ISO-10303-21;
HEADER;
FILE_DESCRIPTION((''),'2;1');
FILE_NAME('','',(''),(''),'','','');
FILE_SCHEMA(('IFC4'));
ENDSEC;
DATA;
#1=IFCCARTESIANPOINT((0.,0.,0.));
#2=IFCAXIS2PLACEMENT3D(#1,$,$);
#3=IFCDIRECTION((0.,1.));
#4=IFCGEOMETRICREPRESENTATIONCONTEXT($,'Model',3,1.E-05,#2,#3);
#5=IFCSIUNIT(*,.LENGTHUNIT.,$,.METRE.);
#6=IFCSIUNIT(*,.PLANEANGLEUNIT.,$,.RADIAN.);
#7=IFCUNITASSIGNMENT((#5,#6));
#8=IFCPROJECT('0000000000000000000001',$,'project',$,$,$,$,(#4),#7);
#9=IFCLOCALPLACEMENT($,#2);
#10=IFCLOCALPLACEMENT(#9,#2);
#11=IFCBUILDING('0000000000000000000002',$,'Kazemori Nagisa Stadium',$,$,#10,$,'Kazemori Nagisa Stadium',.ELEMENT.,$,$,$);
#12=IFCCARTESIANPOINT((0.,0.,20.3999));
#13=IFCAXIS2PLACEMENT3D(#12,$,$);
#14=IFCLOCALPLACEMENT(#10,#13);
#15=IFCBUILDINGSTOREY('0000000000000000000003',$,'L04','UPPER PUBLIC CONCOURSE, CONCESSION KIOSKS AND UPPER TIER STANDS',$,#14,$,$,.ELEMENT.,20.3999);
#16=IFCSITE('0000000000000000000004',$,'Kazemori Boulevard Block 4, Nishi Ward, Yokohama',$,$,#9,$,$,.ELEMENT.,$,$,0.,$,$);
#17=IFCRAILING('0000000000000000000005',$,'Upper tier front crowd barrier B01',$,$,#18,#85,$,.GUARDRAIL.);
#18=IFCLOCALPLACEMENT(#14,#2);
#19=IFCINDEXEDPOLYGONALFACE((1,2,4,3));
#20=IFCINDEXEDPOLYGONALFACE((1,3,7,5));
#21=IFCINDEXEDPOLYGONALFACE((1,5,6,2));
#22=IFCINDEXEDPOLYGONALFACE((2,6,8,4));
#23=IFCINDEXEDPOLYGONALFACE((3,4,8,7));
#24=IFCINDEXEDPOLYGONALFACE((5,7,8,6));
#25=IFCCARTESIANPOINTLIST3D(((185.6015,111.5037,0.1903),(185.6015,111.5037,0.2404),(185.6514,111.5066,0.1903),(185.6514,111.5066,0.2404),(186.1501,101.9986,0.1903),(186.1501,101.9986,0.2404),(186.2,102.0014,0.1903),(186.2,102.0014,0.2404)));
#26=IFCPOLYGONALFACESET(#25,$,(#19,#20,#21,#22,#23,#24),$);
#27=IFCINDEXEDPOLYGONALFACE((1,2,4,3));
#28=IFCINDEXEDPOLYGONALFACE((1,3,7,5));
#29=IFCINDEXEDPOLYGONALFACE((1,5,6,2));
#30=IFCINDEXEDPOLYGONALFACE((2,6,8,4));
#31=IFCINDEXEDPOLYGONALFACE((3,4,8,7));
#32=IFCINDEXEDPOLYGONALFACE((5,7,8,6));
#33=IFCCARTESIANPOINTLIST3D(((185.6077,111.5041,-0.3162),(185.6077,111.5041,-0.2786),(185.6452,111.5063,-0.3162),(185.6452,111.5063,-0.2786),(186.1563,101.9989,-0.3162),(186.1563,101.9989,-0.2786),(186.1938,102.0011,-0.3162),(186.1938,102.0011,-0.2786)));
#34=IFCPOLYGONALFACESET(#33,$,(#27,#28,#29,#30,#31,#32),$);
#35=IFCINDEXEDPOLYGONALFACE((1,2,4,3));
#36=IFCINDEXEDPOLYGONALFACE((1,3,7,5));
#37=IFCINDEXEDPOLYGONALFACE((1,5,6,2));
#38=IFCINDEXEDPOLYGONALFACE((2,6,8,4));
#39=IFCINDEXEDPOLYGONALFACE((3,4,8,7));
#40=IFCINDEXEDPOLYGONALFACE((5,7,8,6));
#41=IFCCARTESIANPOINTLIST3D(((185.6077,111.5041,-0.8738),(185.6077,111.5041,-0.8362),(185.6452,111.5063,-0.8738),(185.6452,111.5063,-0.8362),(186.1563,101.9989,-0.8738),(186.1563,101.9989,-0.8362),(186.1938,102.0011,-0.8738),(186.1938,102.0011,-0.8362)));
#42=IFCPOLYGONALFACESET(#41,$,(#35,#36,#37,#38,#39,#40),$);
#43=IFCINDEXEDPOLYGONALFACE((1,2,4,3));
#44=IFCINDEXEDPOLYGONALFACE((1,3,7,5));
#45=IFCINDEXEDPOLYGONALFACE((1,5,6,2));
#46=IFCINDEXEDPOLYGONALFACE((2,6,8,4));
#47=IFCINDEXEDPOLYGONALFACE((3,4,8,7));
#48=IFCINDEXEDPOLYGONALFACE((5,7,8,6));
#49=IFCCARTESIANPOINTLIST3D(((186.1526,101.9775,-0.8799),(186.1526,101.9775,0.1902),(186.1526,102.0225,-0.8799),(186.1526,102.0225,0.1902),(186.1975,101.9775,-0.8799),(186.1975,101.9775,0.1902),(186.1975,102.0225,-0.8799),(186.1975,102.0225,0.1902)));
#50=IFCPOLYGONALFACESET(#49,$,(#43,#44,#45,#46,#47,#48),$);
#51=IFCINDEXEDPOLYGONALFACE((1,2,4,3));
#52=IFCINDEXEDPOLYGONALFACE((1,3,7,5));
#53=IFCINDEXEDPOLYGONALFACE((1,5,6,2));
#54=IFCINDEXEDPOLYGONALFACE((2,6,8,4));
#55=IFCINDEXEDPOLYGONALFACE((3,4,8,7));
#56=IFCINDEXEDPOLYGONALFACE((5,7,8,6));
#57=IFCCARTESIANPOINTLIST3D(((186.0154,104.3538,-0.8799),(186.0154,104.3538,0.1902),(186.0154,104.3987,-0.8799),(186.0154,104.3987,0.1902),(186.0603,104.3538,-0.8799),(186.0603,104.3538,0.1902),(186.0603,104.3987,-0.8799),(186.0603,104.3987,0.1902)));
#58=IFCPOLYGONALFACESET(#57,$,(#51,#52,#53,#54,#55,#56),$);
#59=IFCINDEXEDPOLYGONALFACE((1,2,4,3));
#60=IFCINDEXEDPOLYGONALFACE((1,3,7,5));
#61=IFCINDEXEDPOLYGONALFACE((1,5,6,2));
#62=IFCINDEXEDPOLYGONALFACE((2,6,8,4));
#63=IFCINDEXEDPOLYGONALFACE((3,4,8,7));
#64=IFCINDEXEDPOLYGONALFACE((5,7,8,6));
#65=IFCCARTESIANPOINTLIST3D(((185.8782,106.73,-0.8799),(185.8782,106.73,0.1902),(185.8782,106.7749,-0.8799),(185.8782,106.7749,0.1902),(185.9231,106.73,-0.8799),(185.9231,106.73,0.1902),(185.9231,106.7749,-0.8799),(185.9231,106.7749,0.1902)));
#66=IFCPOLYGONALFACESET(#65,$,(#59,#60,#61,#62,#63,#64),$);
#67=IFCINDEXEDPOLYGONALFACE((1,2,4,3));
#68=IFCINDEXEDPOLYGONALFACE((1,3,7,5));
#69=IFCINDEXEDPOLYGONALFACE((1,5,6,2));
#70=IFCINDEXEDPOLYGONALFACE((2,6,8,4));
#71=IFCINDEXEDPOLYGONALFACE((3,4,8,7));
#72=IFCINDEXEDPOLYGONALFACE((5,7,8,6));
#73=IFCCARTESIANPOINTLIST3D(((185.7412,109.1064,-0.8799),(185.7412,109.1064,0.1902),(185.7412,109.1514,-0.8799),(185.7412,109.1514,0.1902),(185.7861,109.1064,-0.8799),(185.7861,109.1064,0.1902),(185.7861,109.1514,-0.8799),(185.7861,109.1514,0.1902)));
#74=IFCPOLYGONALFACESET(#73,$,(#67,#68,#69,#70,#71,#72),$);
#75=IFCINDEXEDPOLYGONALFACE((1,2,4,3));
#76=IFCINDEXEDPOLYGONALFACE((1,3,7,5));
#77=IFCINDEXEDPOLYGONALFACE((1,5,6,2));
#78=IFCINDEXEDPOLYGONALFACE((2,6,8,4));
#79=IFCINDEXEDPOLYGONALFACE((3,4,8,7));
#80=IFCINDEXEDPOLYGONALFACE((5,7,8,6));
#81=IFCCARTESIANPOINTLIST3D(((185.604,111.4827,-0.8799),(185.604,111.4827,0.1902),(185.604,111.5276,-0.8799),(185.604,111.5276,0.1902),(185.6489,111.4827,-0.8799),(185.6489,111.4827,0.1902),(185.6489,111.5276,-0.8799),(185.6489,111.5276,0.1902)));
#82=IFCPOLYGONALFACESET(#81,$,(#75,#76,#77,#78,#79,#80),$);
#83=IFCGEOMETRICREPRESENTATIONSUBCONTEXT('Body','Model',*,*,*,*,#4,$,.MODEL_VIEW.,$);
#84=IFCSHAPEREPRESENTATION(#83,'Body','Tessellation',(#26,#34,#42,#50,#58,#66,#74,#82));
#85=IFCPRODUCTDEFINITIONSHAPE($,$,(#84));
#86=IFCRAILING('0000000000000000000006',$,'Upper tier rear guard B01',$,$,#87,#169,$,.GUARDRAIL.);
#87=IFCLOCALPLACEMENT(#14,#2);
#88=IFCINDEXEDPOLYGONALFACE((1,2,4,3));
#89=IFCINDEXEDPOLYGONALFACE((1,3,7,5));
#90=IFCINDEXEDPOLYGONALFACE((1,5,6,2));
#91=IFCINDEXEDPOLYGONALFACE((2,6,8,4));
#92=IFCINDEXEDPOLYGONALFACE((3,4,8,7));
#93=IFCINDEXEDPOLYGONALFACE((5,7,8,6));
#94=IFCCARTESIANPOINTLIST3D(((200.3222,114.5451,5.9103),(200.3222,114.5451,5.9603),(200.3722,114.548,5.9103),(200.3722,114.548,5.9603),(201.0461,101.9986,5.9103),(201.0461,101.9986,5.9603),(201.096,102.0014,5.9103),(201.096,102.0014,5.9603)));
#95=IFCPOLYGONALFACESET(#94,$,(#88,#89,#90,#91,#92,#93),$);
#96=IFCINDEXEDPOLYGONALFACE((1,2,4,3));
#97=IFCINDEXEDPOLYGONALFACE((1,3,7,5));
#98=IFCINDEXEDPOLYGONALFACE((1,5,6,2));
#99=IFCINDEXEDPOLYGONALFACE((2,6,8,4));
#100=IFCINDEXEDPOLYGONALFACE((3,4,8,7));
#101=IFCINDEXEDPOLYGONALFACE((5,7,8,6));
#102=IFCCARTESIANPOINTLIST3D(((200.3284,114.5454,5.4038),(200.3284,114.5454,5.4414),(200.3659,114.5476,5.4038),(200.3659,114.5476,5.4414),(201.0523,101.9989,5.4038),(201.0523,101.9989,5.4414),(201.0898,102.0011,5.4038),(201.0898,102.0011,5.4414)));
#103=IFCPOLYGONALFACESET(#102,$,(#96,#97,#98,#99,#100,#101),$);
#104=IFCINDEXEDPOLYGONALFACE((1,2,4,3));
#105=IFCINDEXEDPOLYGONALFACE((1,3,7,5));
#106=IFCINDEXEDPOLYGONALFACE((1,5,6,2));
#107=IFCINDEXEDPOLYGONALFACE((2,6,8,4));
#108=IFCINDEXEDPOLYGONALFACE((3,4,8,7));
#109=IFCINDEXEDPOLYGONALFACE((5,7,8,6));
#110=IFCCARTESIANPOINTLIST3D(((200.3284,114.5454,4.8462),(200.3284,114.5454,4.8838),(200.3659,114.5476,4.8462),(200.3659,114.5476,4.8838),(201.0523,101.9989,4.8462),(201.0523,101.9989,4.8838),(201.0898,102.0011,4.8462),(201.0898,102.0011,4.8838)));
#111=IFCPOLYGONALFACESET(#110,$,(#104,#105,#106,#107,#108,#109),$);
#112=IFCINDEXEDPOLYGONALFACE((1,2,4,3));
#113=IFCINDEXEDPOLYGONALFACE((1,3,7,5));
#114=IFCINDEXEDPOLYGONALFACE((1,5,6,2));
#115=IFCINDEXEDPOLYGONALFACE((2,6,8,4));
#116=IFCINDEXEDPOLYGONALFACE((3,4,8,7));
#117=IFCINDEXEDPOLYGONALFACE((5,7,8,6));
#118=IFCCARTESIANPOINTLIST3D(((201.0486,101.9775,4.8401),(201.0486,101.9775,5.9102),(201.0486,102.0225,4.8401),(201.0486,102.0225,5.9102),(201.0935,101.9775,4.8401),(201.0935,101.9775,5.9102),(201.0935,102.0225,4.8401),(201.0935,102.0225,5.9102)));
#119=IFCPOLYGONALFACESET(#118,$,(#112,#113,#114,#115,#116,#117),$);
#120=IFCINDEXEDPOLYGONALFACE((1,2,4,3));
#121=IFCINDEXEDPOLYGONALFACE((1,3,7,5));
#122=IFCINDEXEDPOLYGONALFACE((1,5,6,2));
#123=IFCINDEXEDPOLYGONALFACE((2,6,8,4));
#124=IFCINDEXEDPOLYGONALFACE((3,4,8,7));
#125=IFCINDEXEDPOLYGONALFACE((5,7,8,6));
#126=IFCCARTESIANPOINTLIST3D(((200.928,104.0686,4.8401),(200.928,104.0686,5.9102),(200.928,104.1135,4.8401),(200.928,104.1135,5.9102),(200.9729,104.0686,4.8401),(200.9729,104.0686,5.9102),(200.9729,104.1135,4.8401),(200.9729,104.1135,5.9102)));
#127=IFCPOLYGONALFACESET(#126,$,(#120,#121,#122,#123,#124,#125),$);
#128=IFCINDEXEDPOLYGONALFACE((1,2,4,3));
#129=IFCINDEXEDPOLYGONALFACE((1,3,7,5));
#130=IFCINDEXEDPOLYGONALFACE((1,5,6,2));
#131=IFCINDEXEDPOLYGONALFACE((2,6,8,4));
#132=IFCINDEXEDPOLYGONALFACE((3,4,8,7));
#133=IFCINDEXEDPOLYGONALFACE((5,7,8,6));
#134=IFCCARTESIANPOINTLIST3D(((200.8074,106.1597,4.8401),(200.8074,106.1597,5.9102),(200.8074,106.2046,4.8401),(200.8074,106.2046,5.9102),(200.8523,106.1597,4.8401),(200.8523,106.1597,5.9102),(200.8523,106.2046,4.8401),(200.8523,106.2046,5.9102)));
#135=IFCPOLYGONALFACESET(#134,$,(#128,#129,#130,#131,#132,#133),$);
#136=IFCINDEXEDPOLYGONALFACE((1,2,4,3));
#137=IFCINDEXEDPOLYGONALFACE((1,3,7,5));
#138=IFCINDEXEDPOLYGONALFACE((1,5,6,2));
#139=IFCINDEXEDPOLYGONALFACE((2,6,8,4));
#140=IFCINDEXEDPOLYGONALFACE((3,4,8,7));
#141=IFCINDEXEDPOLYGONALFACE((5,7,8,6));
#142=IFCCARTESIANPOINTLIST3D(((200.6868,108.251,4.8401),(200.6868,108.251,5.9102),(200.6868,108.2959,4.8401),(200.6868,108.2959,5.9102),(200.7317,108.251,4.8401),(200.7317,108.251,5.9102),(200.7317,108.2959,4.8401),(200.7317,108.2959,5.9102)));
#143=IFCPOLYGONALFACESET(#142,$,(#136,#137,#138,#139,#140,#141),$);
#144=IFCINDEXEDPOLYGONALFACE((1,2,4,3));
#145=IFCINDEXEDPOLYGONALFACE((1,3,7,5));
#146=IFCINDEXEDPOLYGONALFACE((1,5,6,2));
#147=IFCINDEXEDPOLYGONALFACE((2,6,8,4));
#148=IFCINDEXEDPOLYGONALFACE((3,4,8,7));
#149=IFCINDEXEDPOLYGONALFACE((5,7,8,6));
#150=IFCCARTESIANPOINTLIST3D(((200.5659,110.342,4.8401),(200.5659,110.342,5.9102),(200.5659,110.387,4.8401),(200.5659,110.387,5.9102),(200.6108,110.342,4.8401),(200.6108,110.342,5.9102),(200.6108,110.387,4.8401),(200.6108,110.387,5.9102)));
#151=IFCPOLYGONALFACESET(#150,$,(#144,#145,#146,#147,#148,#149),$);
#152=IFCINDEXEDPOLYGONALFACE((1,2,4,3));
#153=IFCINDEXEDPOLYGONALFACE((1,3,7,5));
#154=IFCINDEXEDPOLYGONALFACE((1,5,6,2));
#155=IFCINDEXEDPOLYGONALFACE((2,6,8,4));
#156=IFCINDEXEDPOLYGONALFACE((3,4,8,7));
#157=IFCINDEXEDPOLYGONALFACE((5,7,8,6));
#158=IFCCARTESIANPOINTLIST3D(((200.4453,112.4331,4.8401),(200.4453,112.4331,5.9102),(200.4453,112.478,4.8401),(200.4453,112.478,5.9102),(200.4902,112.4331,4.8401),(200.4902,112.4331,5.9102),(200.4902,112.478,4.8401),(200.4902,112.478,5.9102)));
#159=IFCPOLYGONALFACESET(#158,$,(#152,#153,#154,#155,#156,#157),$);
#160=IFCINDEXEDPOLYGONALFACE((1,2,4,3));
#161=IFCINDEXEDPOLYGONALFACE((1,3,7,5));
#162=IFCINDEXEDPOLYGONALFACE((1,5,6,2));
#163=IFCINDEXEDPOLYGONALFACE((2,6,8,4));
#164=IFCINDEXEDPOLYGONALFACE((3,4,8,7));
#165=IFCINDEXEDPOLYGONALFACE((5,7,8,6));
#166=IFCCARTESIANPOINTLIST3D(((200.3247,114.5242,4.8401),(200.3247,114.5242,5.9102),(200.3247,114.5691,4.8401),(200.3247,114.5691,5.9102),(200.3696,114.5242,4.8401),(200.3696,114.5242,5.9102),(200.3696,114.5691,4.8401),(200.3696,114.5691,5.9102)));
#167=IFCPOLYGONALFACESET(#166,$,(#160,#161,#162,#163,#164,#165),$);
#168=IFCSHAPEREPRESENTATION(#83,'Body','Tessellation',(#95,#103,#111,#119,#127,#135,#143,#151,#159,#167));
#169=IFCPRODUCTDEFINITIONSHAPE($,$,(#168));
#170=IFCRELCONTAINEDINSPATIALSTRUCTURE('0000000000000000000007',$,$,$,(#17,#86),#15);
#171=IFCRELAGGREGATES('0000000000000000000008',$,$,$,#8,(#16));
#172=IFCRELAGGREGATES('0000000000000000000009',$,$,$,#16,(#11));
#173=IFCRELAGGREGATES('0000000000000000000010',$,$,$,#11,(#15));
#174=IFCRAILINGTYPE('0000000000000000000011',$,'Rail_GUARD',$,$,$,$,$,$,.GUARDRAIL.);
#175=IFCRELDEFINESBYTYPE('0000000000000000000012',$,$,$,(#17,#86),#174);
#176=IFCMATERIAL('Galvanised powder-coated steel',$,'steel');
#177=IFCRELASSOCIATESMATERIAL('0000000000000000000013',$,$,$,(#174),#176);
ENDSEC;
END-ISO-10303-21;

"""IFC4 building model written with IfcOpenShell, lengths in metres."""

from ifc_helpers import new_model, si_unit, direction, frame, origin, origin_2d, place, context, subcontext, project, spatial, rectangle, extrude, material, type_object, element, save


model = new_model("IFC4")

# Units and contexts
model_context = context("Model", 3, precision=1e-05, world=origin(), true_north=direction((0.0, 1.0)))
body_context = subcontext(model_context, "Body", "Model", "MODEL_VIEW")
ifc_project = project(units=[si_unit("LENGTHUNIT", "METRE"), si_unit("PLANEANGLEUNIT", "RADIAN")], contexts=[model_context])

# Site, building, storey
site_placement = place(None, origin())
site = spatial("IfcSite", under=ifc_project, at=site_placement, Name="Kazemori Boulevard Block 4, Nishi Ward, Yokohama", CompositionType="ELEMENT", RefElevation=0.0)
building_placement = place(site_placement, origin())
building = spatial("IfcBuilding", under=site, at=building_placement, Name="Kazemori Nagisa Stadium", LongName="Kazemori Nagisa Stadium", CompositionType="ELEMENT")
storey_placement = place(building_placement, frame((0.0, 0.0, 20.3999)))
storey = spatial("IfcBuildingStorey", under=building, at=storey_placement, Name="L04", Description="UPPER PUBLIC CONCOURSE, CONCESSION KIOSKS AND UPPER TIER STANDS", CompositionType="ELEMENT", Elevation=20.3999)

# Railings
ifc_material_1 = material(Name="Galvanised powder-coated steel", Category="steel")
railing_type = type_object("IfcRailingType", Name="Rail_GUARD", PredefinedType="GUARDRAIL", material=ifc_material_1)
railing_1_placement = place(storey_placement, frame((186.175, 102.0, -0.8799)))
element("IfcRailing", 1, at=railing_1_placement, inside=storey, type_object=railing_type, Name="Upper tier front crowd barrier B01", PredefinedType="GUARDRAIL", context=body_context, shape_type="SweptSolid", body=[
    extrude(rectangle(XDim=0.05, YDim=0.05, at=origin_2d()), frame((0.0, 0.0, 1.0952), z_axis=(-0.057619, 0.998339, 0.0), x_axis=(-0.998339, -0.057619, 0.0)), (0.0, 0.0, 1.0), 9.521),
    extrude(rectangle(XDim=0.0376, YDim=0.0376, at=origin_2d()), frame((0.0, 0.0, 0.5825), z_axis=(-0.057619, 0.998339, 0.0), x_axis=(-0.998339, -0.057619, 0.0)), (0.0, 0.0, 1.0), 9.521),
    extrude(rectangle(XDim=0.0376, YDim=0.0376, at=origin_2d()), frame((0.0, 0.0, 0.0249), z_axis=(-0.057619, 0.998339, 0.0), x_axis=(-0.998339, -0.057619, 0.0)), (0.0, 0.0, 1.0), 9.521),
    extrude(rectangle(XDim=0.0449, YDim=0.0449, at=origin_2d()), origin(), (0.0, 0.0, 1.0), 1.0701),
    extrude(rectangle(XDim=0.0449, YDim=0.0449, at=origin_2d()), frame((-0.1372, 2.3762, 0.0)), (0.0, 0.0, 1.0), 1.0701),
    extrude(rectangle(XDim=0.0449, YDim=0.0449, at=origin_2d()), frame((-0.2744, 4.7524, 0.0)), (0.0, 0.0, 1.0), 1.0701),
    extrude(rectangle(XDim=0.0449, YDim=0.0449, at=origin_2d()), frame((-0.4114, 7.1289, 0.0)), (0.0, 0.0, 1.0), 1.0701),
    extrude(rectangle(XDim=0.0449, YDim=0.0449, at=origin_2d()), frame((-0.5486, 9.5051, 0.0)), (0.0, 0.0, 1.0), 1.0701),
])
railing_2_placement = place(storey_placement, frame((201.071, 102.0, 4.8401)))
element("IfcRailing", 2, at=railing_2_placement, inside=storey, type_object=railing_type, Name="Upper tier rear guard B01", PredefinedType="GUARDRAIL", context=body_context, shape_type="SweptSolid", body=[
    extrude(rectangle(XDim=0.05, YDim=0.05, at=origin_2d()), frame((0.0, 0.0, 1.0952), z_axis=(-0.057599, 0.99834, 0.0), x_axis=(-0.99834, -0.057599, 0.0)), (0.0, 0.0, 1.0), 12.5674),
    extrude(rectangle(XDim=0.0376, YDim=0.0376, at=origin_2d()), frame((0.0, 0.0, 0.5825), z_axis=(-0.057599, 0.99834, 0.0), x_axis=(-0.99834, -0.057599, 0.0)), (0.0, 0.0, 1.0), 12.5674),
    extrude(rectangle(XDim=0.0376, YDim=0.0376, at=origin_2d()), frame((0.0, 0.0, 0.0249), z_axis=(-0.057599, 0.99834, 0.0), x_axis=(-0.99834, -0.057599, 0.0)), (0.0, 0.0, 1.0), 12.5674),
    extrude(rectangle(XDim=0.0449, YDim=0.0449, at=origin_2d()), origin(), (0.0, 0.0, 1.0), 1.0701),
    extrude(rectangle(XDim=0.0449, YDim=0.0449, at=origin_2d()), frame((-0.1206, 2.0911, 0.0)), (0.0, 0.0, 1.0), 1.0701),
    extrude(rectangle(XDim=0.0449, YDim=0.0449, at=origin_2d()), frame((-0.2412, 4.1821, 0.0)), (0.0, 0.0, 1.0), 1.0701),
    extrude(rectangle(XDim=0.0449, YDim=0.0449, at=origin_2d()), frame((-0.3618, 6.2734, 0.0)), (0.0, 0.0, 1.0), 1.0701),
    extrude(rectangle(XDim=0.0449, YDim=0.0449, at=origin_2d()), frame((-0.4827, 8.3645, 0.0)), (0.0, 0.0, 1.0), 1.0701),
    extrude(rectangle(XDim=0.0449, YDim=0.0449, at=origin_2d()), frame((-0.6033, 10.4556, 0.0)), (0.0, 0.0, 1.0), 1.0701),
    extrude(rectangle(XDim=0.0449, YDim=0.0449, at=origin_2d()), frame((-0.7239, 12.5466, 0.0)), (0.0, 0.0, 1.0), 1.0701),
])

save(model, "model.ifc")
